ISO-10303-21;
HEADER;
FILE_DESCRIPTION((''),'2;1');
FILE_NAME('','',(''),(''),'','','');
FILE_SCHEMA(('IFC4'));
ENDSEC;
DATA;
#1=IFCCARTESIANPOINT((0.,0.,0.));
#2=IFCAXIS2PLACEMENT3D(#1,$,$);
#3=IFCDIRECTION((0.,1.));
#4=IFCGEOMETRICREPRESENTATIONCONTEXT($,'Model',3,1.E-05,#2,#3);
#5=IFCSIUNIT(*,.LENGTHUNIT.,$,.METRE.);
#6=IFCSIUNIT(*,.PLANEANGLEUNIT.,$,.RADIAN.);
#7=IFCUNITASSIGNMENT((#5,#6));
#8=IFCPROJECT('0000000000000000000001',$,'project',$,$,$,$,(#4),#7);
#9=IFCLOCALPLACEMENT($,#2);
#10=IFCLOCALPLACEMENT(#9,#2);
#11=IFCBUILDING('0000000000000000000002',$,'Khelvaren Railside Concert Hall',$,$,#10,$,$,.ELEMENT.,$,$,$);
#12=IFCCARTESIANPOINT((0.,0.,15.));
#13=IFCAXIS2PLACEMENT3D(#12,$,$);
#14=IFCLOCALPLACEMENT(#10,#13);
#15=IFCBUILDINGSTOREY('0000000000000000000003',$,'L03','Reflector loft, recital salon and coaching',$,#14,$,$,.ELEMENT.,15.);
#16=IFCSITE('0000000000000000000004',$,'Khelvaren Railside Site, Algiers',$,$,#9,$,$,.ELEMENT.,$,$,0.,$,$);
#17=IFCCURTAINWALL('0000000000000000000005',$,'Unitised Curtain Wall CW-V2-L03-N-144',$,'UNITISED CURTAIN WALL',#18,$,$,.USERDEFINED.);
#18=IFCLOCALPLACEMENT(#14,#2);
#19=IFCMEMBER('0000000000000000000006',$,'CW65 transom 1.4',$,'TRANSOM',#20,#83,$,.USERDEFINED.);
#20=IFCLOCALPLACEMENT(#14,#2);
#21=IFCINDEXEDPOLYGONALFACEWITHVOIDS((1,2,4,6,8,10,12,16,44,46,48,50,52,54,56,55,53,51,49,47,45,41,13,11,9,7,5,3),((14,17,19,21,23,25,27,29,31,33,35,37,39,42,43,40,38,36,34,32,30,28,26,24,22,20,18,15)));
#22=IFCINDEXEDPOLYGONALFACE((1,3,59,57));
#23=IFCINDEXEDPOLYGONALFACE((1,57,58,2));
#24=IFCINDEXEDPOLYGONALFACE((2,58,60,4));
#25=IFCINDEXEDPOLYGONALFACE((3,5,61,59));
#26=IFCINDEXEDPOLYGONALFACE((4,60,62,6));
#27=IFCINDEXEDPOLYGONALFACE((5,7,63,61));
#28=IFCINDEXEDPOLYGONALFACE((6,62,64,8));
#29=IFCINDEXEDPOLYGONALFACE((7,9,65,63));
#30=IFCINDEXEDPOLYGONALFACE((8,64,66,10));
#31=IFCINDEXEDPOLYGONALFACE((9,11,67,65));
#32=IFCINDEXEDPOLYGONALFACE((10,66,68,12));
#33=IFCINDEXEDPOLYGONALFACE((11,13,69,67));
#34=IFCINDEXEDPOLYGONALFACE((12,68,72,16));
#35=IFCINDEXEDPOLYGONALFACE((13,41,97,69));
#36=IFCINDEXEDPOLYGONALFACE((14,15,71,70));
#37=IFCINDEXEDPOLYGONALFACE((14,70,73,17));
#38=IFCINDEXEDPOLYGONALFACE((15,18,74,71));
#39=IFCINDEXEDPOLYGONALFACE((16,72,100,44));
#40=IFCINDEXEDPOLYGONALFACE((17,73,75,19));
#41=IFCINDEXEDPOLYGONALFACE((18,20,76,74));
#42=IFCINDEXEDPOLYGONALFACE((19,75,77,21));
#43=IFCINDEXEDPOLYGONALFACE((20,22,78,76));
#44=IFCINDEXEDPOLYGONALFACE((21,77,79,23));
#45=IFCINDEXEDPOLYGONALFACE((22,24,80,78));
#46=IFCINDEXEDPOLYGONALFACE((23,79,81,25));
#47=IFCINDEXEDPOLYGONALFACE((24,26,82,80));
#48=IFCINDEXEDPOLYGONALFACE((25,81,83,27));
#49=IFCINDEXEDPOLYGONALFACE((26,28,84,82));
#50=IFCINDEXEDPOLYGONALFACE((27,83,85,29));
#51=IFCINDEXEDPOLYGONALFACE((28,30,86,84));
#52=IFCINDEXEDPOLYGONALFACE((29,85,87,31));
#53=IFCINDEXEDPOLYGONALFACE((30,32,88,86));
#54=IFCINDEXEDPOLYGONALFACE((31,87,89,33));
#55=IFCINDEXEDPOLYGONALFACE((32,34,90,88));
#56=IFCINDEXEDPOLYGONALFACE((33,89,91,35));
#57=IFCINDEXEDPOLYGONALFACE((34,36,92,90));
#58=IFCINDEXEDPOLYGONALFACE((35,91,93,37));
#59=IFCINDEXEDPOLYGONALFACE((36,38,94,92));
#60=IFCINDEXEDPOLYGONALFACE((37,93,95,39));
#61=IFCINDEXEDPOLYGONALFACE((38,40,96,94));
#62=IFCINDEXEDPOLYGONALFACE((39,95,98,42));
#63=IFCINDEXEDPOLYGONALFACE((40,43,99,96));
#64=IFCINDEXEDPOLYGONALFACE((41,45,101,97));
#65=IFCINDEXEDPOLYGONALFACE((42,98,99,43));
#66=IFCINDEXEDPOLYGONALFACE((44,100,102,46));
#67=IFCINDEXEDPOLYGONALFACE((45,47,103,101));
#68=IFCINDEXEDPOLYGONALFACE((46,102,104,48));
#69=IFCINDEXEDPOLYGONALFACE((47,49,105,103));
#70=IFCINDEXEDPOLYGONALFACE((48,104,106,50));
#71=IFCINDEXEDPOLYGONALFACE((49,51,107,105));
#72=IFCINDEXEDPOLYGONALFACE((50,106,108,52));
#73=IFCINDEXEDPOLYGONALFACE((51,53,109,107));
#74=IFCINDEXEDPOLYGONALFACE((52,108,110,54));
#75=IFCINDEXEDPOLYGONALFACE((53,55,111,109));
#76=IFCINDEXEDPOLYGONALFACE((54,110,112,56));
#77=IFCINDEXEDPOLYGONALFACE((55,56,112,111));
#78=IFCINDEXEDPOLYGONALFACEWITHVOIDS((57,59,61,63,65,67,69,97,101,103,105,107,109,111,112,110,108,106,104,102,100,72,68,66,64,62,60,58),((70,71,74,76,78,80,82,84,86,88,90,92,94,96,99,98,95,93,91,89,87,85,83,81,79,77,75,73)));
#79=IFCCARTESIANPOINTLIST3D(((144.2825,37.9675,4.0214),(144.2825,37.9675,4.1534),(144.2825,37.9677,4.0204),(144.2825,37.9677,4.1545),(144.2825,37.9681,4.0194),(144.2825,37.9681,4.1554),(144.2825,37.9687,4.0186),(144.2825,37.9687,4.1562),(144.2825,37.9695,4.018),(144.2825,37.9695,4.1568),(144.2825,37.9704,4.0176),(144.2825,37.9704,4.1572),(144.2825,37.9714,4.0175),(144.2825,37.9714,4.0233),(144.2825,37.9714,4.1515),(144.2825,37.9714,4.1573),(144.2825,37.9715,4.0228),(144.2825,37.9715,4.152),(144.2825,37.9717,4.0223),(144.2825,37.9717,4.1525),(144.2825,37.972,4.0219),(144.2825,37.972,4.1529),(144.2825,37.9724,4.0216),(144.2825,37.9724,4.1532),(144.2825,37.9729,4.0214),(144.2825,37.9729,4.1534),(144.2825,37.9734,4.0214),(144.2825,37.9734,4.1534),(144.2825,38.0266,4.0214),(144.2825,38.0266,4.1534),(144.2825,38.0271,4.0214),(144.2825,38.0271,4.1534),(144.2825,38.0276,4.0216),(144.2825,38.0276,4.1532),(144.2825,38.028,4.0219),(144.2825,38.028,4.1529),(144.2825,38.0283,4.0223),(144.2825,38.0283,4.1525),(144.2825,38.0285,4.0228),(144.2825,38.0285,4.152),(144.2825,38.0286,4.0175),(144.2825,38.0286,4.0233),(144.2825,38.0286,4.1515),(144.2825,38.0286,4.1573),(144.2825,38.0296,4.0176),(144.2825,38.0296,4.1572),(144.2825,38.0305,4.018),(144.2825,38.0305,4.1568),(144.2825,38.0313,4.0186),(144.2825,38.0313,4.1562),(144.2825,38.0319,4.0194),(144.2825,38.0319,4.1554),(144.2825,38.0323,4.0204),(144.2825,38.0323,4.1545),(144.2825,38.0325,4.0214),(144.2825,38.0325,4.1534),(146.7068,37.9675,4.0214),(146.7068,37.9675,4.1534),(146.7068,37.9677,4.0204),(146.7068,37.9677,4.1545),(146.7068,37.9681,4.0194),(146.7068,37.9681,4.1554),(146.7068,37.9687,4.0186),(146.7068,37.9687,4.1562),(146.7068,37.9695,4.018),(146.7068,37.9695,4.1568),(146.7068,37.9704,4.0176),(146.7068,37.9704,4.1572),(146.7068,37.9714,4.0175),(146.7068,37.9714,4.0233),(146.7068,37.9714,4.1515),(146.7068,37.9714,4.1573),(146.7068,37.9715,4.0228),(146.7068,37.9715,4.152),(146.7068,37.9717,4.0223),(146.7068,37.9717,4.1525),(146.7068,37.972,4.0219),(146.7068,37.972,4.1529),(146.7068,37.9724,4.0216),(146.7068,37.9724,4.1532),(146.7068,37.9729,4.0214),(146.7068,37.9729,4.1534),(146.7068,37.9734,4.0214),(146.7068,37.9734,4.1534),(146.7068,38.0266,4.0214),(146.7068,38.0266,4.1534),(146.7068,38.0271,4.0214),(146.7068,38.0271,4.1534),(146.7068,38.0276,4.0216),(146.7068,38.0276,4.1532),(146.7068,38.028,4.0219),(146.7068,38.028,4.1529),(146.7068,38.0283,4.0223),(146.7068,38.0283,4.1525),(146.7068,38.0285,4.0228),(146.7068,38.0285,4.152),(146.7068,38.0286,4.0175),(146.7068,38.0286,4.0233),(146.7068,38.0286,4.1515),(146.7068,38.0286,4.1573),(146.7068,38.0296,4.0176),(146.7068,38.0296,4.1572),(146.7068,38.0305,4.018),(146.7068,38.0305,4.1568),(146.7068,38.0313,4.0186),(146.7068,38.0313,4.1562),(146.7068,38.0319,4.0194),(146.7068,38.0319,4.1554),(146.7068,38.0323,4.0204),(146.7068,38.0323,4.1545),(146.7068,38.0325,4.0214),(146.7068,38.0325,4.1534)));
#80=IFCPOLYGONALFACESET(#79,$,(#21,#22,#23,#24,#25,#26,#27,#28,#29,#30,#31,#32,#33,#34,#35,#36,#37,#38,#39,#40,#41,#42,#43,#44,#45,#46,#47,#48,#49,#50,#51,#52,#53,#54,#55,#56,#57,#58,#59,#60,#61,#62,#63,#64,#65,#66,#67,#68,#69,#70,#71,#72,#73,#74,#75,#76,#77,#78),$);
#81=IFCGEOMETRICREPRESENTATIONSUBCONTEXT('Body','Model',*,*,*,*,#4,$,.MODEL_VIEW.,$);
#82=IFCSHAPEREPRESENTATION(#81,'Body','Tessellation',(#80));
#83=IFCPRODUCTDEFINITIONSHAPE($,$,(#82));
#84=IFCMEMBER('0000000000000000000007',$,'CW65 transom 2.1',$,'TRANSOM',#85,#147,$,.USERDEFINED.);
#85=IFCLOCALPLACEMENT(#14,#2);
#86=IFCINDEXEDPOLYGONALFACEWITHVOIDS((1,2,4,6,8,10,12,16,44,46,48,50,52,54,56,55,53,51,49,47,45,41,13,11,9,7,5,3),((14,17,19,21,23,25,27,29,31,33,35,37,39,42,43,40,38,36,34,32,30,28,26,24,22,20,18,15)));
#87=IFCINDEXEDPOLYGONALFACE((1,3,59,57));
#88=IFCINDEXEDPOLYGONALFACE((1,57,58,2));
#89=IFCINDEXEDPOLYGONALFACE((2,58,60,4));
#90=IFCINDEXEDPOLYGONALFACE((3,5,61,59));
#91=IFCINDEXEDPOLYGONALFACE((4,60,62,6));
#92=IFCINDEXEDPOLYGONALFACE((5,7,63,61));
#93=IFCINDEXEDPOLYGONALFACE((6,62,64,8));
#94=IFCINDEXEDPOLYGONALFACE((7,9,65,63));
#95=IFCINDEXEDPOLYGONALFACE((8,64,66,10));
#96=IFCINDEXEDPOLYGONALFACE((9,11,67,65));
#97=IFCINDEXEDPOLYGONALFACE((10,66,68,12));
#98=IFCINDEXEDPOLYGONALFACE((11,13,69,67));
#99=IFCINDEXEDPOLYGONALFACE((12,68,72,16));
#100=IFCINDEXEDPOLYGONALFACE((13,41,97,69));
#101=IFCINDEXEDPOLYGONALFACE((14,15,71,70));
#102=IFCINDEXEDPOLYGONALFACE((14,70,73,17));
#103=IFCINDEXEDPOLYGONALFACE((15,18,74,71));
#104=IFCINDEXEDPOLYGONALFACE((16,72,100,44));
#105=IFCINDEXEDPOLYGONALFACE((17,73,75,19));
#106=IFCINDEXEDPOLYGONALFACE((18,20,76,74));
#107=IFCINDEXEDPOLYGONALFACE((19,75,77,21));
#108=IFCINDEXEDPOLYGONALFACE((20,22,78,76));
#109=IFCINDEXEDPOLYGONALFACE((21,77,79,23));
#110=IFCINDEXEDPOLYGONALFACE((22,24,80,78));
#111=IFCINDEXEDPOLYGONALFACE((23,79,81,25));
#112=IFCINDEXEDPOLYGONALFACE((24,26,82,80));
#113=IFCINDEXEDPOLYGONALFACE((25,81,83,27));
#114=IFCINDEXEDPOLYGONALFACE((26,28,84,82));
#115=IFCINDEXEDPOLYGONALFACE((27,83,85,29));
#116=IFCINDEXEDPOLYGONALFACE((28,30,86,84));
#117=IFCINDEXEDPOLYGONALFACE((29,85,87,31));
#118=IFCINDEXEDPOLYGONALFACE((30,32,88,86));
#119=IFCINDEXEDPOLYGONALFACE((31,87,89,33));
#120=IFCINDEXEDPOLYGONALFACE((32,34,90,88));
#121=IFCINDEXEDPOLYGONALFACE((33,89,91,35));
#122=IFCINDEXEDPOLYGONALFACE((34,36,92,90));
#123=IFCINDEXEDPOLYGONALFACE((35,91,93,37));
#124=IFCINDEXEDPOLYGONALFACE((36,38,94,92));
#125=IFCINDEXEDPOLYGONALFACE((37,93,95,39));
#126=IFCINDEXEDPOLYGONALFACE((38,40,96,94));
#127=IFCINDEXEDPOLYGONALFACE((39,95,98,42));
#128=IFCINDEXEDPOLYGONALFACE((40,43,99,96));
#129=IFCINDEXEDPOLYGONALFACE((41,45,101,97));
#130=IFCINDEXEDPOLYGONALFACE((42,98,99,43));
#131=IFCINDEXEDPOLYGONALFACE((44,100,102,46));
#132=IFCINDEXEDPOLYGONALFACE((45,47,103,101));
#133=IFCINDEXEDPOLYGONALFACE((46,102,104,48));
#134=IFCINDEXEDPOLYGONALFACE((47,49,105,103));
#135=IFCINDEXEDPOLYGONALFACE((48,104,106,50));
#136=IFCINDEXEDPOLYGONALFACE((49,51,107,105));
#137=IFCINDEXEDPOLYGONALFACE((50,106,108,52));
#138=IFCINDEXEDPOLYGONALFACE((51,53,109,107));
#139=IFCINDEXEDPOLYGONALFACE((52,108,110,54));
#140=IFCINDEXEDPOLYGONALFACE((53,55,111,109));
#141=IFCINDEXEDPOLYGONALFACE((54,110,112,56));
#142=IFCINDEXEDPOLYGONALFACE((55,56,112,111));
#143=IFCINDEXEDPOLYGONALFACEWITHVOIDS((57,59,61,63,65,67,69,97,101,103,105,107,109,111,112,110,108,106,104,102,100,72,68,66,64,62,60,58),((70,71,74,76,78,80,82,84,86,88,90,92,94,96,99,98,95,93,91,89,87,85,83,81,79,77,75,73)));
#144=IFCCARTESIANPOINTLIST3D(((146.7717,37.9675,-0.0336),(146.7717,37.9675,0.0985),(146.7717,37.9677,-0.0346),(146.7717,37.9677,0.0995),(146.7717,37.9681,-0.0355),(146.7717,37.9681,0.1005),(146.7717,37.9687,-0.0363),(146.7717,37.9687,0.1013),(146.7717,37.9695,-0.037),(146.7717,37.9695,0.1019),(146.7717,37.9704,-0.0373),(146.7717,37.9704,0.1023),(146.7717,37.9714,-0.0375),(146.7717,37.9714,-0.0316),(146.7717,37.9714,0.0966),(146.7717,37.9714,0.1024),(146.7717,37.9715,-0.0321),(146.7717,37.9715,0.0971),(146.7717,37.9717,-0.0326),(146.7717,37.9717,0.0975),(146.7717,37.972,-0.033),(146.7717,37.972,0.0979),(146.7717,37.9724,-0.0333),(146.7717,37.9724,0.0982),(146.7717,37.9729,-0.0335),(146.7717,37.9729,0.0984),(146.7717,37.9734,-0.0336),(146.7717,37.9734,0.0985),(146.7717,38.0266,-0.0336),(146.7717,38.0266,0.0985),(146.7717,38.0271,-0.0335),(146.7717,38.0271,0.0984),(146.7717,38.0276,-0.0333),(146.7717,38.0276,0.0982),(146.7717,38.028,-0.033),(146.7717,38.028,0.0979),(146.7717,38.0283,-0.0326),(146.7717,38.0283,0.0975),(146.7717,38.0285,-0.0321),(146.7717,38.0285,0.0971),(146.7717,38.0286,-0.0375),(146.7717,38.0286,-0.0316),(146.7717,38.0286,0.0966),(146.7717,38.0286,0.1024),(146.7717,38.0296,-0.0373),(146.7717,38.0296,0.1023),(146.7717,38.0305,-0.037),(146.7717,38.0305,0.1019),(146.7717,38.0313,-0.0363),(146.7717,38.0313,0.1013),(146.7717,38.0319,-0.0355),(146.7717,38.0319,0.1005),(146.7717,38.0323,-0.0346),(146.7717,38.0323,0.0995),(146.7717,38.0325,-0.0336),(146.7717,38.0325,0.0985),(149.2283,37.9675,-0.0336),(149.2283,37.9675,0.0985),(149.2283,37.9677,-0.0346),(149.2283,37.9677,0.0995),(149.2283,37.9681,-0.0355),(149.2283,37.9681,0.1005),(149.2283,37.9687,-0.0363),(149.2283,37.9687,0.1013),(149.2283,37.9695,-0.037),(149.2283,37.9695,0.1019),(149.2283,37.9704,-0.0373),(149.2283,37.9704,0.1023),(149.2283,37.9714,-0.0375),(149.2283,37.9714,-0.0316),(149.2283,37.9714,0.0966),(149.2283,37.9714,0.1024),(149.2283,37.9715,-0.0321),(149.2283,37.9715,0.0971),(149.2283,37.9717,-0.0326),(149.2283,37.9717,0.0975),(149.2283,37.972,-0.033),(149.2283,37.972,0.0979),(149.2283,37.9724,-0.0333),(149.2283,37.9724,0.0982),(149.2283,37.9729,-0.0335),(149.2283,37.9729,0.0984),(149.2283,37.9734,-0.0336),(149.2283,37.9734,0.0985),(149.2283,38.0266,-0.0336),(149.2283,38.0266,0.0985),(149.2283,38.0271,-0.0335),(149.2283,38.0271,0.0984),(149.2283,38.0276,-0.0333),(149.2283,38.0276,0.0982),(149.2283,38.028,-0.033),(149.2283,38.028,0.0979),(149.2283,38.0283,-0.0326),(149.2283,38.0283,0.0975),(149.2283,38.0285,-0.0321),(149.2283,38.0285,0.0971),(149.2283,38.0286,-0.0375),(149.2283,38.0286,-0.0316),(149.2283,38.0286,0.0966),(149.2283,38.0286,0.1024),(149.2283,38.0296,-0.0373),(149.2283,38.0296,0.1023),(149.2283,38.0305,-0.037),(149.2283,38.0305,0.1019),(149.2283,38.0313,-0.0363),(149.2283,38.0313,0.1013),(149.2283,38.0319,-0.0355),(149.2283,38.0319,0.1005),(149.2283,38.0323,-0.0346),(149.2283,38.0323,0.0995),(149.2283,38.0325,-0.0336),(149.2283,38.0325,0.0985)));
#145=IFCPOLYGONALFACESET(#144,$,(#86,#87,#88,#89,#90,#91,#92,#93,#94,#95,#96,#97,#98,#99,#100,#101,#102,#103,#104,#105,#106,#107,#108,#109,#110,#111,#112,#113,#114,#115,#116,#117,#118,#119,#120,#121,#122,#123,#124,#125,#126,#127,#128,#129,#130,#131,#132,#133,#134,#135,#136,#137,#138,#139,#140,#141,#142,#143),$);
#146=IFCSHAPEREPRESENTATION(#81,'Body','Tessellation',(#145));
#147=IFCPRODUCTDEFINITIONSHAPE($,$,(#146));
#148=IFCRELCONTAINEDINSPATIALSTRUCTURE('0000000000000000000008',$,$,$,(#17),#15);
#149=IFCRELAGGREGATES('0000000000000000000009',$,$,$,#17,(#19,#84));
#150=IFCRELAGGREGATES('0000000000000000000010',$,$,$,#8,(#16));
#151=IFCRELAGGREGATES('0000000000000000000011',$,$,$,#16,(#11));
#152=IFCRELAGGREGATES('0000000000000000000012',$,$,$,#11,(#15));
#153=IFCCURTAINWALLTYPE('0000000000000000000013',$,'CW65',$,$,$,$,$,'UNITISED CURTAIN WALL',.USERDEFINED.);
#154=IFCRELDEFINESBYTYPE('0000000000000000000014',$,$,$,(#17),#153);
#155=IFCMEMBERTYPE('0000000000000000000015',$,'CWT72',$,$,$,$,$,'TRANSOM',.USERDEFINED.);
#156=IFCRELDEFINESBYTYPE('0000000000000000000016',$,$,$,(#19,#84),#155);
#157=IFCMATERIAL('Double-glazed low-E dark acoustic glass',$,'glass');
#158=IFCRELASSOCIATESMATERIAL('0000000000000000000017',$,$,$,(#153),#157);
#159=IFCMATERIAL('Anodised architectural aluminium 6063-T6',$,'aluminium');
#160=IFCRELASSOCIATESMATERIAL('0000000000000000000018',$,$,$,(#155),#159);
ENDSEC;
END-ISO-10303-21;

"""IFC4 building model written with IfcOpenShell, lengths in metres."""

from ifc_helpers import new_model, si_unit, direction, frame, origin, origin_2d, place, context, subcontext, project, spatial, hollow_rectangle, extrude, material, material_profile, profile_set, type_object, element, aggregate, save


model = new_model("IFC4")

# Units and contexts
model_context = context("Model", 3, precision=1e-05, world=origin(), true_north=direction((0.0, 1.0)))
body_context = subcontext(model_context, "Body", "Model", "MODEL_VIEW")
ifc_project = project(units=[si_unit("LENGTHUNIT", "METRE"), si_unit("PLANEANGLEUNIT", "RADIAN")], contexts=[model_context])

# Site, building, storey
site_placement = place(None, origin())
site = spatial("IfcSite", under=ifc_project, at=site_placement, Name="Khelvaren Railside Site, Algiers", CompositionType="ELEMENT", RefElevation=0.0)
building_placement = place(site_placement, origin())
building = spatial("IfcBuilding", under=site, at=building_placement, Name="Khelvaren Railside Concert Hall", CompositionType="ELEMENT")
storey_placement = place(building_placement, frame((0.0, 0.0, 15.0)))
storey = spatial("IfcBuildingStorey", under=building, at=storey_placement, Name="L03", Description="Reflector loft, recital salon and coaching", CompositionType="ELEMENT", Elevation=15.0)

# Shared definitions
ifc_material_1 = material(Name="Anodised architectural aluminium 6063-T6", Category="aluminium")

# Curtain wall, members
ifc_material_2 = material(Name="Double-glazed low-E dark acoustic glass", Category="glass")
curtain_wall_type_1 = type_object("IfcCurtainWallType", Name="CW65", ElementType="UNITISED CURTAIN WALL", PredefinedType="USERDEFINED", material=ifc_material_2)
curtain_wall_1_placement = place(storey_placement, origin())
curtain_wall_1 = element("IfcCurtainWall", 1, at=curtain_wall_1_placement, inside=storey, type_object=curtain_wall_type_1, Name="Unitised Curtain Wall CW-V2-L03-N-144", ObjectType="UNITISED CURTAIN WALL", PredefinedType="USERDEFINED")
ifc_material_profile_1 = material_profile(ifc_material_1, hollow_rectangle(XDim=0.0649, YDim=0.1399, WallThickness=0.0039, InnerFilletRadius=0.002, OuterFilletRadius=0.0039, at=origin_2d()), Name="CWT 65x140x4")
ifc_profile_set_1 = profile_set([ifc_material_profile_1], Name="Anodised architectural aluminium 6063-T6")
member_type_1 = type_object("IfcMemberType", Name="CWT72", ElementType="TRANSOM", PredefinedType="USERDEFINED", material=ifc_profile_set_1)
member_1_placement = place(storey_placement, frame((144.2825, 38.0, 4.0874), z_axis=(1.0, 0.0, 0.0), x_axis=(0.0, 1.0, 0.0)))
member_1 = element("IfcMember", 2, at=member_1_placement, type_object=member_type_1, Name="CW65 transom 1.4", ObjectType="TRANSOM", PredefinedType="USERDEFINED", context=body_context, shape_type="SweptSolid", body=[
    extrude(hollow_rectangle(XDim=0.0649, YDim=0.1399, WallThickness=0.0039, InnerFilletRadius=0.002, OuterFilletRadius=0.0039, at=origin_2d()), origin(), (0.0, 0.0, 1.0), 2.4243),
])
member_2_placement = place(storey_placement, frame((146.7717, 38.0, 0.0325), z_axis=(1.0, 0.0, 0.0), x_axis=(0.0, 1.0, 0.0)))
member_2 = element("IfcMember", 3, at=member_2_placement, type_object=member_type_1, Name="CW65 transom 2.1", ObjectType="TRANSOM", PredefinedType="USERDEFINED", context=body_context, shape_type="SweptSolid", body=[
    extrude(hollow_rectangle(XDim=0.0649, YDim=0.1399, WallThickness=0.0039, InnerFilletRadius=0.002, OuterFilletRadius=0.0039, at=origin_2d()), origin(), (0.0, 0.0, 1.0), 2.4565),
])

aggregate(curtain_wall_1, [member_1, member_2])

save(model, "model.ifc")
